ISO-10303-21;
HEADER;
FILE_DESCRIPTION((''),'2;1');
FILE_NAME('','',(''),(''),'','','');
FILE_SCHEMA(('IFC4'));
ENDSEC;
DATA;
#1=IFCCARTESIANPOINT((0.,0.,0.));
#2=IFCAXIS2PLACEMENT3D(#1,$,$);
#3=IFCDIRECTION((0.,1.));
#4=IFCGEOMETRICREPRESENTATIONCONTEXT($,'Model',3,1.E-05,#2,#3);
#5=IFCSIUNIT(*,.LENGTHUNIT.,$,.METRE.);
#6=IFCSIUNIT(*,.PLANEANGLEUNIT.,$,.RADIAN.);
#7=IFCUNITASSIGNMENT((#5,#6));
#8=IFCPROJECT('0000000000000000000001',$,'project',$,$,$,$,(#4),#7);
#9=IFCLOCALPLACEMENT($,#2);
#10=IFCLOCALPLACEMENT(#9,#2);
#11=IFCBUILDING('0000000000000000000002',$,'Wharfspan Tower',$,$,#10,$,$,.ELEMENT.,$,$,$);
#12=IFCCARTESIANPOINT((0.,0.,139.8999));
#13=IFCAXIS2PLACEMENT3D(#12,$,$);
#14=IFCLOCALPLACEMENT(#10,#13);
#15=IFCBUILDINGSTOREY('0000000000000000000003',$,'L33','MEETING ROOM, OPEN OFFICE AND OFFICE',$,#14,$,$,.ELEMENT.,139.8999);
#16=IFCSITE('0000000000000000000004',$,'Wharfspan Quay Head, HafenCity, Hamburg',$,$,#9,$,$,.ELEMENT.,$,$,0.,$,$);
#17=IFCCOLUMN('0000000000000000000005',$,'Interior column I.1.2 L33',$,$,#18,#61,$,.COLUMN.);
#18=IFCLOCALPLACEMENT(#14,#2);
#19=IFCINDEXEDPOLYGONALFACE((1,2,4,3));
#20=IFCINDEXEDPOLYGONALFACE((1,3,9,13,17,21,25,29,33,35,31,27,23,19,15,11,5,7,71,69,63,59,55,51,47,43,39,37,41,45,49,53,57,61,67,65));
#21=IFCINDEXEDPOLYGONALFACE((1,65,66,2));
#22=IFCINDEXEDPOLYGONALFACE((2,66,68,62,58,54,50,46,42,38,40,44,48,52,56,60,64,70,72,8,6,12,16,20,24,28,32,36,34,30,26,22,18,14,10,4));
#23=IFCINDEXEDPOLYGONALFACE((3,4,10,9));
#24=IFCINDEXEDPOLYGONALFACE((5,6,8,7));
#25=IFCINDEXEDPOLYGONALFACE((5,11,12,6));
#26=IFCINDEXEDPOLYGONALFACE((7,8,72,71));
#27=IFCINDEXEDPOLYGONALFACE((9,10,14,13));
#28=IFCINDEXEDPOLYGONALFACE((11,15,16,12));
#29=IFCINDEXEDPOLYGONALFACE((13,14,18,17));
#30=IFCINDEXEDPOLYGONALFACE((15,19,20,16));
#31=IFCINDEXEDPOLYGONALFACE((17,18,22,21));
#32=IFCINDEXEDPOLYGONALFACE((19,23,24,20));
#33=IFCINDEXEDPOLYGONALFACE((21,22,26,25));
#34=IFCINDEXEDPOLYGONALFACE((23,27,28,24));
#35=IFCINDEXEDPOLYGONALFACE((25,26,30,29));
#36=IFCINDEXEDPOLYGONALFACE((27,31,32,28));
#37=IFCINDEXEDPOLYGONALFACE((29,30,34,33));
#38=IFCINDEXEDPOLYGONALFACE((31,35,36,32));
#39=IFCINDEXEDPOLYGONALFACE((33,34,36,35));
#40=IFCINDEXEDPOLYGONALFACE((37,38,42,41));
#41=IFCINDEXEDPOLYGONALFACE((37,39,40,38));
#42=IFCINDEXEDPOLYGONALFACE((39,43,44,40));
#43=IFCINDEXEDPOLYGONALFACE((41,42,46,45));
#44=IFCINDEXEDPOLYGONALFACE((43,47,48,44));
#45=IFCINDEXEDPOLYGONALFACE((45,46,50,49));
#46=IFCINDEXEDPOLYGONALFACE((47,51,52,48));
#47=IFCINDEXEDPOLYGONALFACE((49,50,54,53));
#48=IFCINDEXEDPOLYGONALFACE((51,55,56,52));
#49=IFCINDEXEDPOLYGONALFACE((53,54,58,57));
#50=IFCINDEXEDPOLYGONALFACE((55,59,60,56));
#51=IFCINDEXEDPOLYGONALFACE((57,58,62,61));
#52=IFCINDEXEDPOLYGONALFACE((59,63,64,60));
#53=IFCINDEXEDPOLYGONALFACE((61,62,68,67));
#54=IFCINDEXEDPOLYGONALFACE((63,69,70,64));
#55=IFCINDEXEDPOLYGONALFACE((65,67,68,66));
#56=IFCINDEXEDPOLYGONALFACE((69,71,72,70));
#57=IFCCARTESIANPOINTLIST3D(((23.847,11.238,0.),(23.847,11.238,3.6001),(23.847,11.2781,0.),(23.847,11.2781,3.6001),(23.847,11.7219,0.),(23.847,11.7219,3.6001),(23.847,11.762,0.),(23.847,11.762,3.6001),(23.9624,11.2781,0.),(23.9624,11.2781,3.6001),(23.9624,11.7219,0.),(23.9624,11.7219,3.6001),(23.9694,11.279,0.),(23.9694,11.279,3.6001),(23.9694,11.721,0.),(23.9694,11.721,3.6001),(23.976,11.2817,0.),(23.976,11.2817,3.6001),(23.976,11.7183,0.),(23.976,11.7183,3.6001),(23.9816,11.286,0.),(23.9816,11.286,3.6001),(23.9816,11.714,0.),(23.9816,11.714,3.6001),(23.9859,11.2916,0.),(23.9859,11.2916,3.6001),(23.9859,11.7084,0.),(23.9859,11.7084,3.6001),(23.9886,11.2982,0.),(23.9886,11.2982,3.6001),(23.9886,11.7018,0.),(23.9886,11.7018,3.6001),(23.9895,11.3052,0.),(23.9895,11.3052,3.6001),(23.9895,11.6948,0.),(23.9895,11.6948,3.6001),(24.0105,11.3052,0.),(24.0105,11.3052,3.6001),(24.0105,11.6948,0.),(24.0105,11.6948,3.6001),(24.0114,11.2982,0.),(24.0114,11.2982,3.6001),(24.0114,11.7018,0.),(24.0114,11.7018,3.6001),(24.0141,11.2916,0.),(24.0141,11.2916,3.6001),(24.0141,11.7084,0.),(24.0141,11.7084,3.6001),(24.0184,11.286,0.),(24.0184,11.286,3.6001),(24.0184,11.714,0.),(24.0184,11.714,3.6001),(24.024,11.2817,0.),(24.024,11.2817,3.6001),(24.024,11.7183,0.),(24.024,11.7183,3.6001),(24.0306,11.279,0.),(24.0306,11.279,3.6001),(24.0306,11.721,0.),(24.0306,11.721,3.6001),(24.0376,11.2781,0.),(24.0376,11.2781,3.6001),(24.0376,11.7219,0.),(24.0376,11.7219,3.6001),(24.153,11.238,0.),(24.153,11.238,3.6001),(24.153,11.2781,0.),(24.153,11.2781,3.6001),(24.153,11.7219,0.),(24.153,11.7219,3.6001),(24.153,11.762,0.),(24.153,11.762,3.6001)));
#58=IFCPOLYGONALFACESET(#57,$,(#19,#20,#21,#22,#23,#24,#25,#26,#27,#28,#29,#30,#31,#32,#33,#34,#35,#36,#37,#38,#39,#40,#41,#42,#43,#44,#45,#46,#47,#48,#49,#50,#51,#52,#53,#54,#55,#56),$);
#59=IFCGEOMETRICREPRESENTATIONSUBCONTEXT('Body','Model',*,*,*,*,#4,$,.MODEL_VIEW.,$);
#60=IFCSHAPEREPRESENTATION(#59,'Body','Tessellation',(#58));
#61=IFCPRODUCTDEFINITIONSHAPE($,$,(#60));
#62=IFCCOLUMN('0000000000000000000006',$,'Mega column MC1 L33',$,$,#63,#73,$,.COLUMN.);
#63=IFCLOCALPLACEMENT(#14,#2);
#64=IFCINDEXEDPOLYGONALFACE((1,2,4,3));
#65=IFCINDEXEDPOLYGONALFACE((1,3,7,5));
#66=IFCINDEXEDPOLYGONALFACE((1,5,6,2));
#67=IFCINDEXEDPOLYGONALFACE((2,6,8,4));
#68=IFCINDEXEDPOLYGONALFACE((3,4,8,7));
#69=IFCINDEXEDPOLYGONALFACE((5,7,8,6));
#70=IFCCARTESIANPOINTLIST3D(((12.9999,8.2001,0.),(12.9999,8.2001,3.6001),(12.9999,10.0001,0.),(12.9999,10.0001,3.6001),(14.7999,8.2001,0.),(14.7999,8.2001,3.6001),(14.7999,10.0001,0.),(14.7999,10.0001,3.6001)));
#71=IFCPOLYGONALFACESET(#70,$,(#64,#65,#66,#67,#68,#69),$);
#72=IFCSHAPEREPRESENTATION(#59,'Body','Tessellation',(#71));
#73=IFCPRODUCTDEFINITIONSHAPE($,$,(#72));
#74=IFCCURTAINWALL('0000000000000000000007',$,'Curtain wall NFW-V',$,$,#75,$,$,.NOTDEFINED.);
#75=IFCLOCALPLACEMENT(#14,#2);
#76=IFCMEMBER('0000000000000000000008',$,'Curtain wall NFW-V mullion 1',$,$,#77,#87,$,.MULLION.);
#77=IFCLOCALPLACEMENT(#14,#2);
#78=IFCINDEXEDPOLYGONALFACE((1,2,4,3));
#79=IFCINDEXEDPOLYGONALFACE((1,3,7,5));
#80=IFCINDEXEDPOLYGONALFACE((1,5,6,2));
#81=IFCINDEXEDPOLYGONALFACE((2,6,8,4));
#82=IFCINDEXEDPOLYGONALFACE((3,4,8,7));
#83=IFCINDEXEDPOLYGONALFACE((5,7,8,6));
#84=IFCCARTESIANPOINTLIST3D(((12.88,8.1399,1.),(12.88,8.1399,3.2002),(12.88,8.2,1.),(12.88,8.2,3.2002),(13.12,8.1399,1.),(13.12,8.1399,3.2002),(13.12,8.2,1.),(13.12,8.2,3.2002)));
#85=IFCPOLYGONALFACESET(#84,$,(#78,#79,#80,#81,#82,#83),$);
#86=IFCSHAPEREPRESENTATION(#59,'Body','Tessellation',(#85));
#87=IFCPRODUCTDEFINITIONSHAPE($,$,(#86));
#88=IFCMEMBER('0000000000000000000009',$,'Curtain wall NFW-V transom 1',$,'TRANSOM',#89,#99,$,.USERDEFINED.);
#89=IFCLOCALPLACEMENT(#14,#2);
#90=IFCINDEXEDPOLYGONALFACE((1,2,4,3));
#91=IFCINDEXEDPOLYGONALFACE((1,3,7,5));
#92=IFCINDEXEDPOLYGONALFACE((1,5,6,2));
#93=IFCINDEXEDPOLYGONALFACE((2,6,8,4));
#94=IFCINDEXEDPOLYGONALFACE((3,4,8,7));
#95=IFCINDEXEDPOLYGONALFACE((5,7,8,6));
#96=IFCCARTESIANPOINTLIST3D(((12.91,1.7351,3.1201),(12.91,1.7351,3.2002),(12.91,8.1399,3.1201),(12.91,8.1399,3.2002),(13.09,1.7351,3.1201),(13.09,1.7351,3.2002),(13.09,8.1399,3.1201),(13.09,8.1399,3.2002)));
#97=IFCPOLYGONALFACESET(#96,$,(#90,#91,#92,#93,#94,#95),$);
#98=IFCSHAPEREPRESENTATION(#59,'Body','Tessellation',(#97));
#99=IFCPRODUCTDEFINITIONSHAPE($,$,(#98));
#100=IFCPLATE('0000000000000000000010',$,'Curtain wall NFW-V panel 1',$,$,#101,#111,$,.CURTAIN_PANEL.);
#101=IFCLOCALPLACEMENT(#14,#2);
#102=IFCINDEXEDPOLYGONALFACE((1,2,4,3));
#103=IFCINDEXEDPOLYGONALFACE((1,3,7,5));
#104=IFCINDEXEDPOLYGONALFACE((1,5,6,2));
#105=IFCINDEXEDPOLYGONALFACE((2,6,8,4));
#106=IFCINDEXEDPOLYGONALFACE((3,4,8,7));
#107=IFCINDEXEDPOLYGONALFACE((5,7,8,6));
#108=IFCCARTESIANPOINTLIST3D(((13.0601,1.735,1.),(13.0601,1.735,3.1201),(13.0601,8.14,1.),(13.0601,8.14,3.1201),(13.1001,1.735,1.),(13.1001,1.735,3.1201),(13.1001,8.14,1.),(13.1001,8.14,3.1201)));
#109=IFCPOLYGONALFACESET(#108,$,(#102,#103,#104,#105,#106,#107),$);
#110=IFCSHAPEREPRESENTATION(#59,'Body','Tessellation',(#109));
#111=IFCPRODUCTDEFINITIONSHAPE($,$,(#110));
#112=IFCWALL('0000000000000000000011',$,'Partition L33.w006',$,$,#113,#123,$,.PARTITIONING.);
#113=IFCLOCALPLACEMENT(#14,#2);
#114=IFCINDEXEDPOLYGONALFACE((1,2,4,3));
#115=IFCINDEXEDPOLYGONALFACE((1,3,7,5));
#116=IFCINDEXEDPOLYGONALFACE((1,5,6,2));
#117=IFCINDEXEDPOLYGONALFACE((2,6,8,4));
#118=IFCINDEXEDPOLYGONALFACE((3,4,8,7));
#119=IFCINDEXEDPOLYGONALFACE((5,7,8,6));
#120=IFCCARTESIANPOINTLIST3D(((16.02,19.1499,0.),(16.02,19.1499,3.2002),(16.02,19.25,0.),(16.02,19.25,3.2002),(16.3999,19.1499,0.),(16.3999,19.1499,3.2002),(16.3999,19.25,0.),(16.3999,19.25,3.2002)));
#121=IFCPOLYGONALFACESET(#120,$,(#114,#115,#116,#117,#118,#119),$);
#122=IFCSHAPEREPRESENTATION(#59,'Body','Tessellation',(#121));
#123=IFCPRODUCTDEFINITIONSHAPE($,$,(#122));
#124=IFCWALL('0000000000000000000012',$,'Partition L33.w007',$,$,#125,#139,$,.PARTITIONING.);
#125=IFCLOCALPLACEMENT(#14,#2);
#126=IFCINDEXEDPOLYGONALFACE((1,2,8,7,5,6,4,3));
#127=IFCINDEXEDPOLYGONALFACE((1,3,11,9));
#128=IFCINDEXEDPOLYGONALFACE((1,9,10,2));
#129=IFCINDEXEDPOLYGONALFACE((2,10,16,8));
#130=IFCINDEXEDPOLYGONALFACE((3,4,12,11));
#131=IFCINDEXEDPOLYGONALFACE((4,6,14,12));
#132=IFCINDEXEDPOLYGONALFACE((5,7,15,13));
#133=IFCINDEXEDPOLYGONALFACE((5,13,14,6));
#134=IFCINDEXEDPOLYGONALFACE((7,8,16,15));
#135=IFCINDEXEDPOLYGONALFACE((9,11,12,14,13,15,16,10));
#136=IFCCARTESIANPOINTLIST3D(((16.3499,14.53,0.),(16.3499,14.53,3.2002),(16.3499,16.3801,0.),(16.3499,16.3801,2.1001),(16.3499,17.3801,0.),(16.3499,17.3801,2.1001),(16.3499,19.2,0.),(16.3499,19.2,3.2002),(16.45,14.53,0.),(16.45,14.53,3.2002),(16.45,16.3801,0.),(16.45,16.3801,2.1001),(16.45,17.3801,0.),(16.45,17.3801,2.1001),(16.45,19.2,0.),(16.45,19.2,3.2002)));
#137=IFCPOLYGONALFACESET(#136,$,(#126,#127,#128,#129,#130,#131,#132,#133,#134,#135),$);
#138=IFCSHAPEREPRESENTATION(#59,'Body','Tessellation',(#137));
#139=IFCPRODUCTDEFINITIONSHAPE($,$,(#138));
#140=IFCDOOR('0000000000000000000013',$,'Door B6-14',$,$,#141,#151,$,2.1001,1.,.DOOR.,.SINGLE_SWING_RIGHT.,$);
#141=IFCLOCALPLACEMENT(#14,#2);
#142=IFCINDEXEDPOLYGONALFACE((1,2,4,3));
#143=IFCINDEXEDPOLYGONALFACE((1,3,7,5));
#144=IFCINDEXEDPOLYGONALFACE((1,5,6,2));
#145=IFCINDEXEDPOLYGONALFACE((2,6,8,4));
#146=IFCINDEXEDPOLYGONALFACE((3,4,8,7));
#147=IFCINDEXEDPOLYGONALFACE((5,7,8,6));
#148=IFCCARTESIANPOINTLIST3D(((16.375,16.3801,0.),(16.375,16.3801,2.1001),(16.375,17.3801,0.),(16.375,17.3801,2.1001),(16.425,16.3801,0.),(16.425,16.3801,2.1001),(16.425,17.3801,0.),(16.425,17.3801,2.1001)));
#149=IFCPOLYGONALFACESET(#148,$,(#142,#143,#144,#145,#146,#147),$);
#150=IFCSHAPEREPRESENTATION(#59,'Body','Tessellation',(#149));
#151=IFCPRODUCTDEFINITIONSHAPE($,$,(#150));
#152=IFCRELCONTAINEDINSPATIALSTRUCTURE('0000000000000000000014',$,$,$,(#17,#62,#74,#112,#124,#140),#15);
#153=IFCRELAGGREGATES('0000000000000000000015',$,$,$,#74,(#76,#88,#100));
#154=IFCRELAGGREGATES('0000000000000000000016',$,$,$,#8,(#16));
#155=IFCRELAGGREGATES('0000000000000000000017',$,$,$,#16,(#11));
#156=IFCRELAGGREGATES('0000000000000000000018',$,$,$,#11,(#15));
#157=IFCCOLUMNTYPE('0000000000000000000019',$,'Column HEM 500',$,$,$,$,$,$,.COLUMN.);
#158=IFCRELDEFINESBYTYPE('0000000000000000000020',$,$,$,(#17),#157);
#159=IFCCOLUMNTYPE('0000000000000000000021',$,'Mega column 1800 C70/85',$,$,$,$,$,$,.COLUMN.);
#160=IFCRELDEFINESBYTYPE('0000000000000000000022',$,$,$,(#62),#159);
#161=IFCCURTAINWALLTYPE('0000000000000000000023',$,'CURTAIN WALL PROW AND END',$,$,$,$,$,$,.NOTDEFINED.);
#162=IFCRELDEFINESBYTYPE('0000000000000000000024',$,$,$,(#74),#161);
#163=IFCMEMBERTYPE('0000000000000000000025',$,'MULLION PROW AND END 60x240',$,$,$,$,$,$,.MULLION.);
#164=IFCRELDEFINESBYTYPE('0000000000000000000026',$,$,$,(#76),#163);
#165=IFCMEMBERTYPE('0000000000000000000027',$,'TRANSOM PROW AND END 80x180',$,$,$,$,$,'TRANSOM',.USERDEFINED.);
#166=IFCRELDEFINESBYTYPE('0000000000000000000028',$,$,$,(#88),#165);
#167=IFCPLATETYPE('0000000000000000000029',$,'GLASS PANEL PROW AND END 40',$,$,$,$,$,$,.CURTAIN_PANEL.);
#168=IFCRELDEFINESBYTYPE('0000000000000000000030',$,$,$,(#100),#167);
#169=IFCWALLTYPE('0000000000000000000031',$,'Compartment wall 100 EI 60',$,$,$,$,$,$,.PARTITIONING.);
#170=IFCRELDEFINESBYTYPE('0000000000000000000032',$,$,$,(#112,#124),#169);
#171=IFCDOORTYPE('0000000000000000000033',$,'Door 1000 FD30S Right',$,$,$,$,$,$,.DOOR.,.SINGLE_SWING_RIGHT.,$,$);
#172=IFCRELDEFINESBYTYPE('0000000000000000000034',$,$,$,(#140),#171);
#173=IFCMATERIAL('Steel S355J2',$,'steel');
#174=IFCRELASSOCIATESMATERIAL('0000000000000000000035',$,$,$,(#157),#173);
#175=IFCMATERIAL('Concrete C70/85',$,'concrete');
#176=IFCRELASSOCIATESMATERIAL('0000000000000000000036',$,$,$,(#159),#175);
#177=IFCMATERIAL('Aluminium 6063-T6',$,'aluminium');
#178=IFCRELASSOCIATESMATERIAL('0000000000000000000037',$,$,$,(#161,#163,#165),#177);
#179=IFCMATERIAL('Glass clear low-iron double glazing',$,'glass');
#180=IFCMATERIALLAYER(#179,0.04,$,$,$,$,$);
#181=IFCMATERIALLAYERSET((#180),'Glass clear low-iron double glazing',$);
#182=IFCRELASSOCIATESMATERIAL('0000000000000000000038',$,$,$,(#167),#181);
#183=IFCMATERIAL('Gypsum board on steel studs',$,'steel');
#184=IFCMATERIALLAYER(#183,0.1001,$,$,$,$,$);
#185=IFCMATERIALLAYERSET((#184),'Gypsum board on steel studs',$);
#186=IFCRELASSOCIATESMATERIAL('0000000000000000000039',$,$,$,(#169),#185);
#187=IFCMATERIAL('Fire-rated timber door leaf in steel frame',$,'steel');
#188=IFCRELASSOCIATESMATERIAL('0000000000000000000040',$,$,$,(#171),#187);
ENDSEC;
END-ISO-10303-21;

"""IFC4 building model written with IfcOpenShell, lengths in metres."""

from ifc_helpers import new_model, si_unit, direction, frame, frame_2d, origin, origin_2d, place, context, subcontext, project, spatial, rectangle, i_section, extrude, material, layer, layer_set, material_profile, profile_set, type_object, element, fill, aggregate, save


model = new_model("IFC4")

# Units and contexts
model_context = context("Model", 3, precision=1e-05, world=origin(), true_north=direction((0.0, 1.0)))
body_context = subcontext(model_context, "Body", "Model", "MODEL_VIEW")
ifc_project = project(units=[si_unit("LENGTHUNIT", "METRE"), si_unit("PLANEANGLEUNIT", "RADIAN")], contexts=[model_context])

# Site, building, storey
site_placement = place(None, origin())
site = spatial("IfcSite", under=ifc_project, at=site_placement, Name="Wharfspan Quay Head, HafenCity, Hamburg", CompositionType="ELEMENT", RefElevation=0.0)
building_placement = place(site_placement, origin())
building = spatial("IfcBuilding", under=site, at=building_placement, Name="Wharfspan Tower", CompositionType="ELEMENT")
storey_placement = place(building_placement, frame((0.0, 0.0, 139.8999)))
storey = spatial("IfcBuildingStorey", under=building, at=storey_placement, Name="L33", Description="MEETING ROOM, OPEN OFFICE AND OFFICE", CompositionType="ELEMENT", Elevation=139.8999)

# Columns
ifc_material_1 = material(Name="Steel S355J2", Category="steel")
ifc_material_profile_1 = material_profile(ifc_material_1, i_section(OverallWidth=0.3059, OverallDepth=0.5239, WebThickness=0.021, FlangeThickness=0.04, FilletRadius=0.0271, at=origin_2d()))
ifc_profile_set_1 = profile_set([ifc_material_profile_1], Name="Steel S355J2")
column_type_1 = type_object("IfcColumnType", Name="Column HEM 500", PredefinedType="COLUMN", material=ifc_profile_set_1)
column_1_placement = place(storey_placement, frame((24.0, 11.5, 0.0), z_axis=(0.0, 0.0, 1.0), x_axis=(1.0, 0.0, 0.0)))
element("IfcColumn", 1, at=column_1_placement, inside=storey, type_object=column_type_1, Name="Interior column I.1.2 L33", PredefinedType="COLUMN", context=body_context, shape_type="SweptSolid", body=[
    extrude(i_section(OverallWidth=0.3059, OverallDepth=0.5239, WebThickness=0.021, FlangeThickness=0.04, FilletRadius=0.0271, at=origin_2d()), origin(), (0.0, 0.0, 1.0), 3.6001),
])
ifc_material_2 = material(Name="Concrete C70/85", Category="concrete")
ifc_material_profile_2 = material_profile(ifc_material_2, rectangle(XDim=1.8, YDim=1.8, at=origin_2d()))
ifc_profile_set_2 = profile_set([ifc_material_profile_2], Name="Concrete C70/85")
column_type_2 = type_object("IfcColumnType", Name="Mega column 1800 C70/85", PredefinedType="COLUMN", material=ifc_profile_set_2)
column_2_placement = place(storey_placement, frame((13.8999, 9.1001, 0.0), z_axis=(0.0, 0.0, 1.0), x_axis=(1.0, 0.0, 0.0)))
element("IfcColumn", 2, at=column_2_placement, inside=storey, type_object=column_type_2, Name="Mega column MC1 L33", PredefinedType="COLUMN", context=body_context, shape_type="SweptSolid", body=[
    extrude(rectangle(XDim=1.8, YDim=1.8, at=origin_2d()), origin(), (0.0, 0.0, 1.0), 3.6001),
])

# Curtain wall, members, plate
ifc_material_3 = material(Name="Aluminium 6063-T6", Category="aluminium")
curtain_wall_type = type_object("IfcCurtainWallType", Name="CURTAIN WALL PROW AND END", PredefinedType="NOTDEFINED", material=ifc_material_3)
curtain_wall_placement = place(storey_placement, origin())
curtain_wall = element("IfcCurtainWall", 3, at=curtain_wall_placement, inside=storey, type_object=curtain_wall_type, Name="Curtain wall NFW-V", PredefinedType="NOTDEFINED")
ifc_material_profile_3 = material_profile(ifc_material_3, rectangle(XDim=0.24, YDim=0.0601, at=origin_2d()))
ifc_profile_set_3 = profile_set([ifc_material_profile_3], Name="Aluminium 6063-T6")
member_type_1 = type_object("IfcMemberType", Name="MULLION PROW AND END 60x240", PredefinedType="MULLION", material=ifc_profile_set_3)
member_1_placement = place(storey_placement, frame((13.0, 8.1699, 1.0), z_axis=(0.0, 0.0, 1.0), x_axis=(1.0, 0.0, 0.0)))
member_1 = element("IfcMember", 4, at=member_1_placement, type_object=member_type_1, Name="Curtain wall NFW-V mullion 1", PredefinedType="MULLION", context=body_context, shape_type="SweptSolid", body=[
    extrude(rectangle(XDim=0.24, YDim=0.0601, at=origin_2d()), origin(), (0.0, 0.0, 1.0), 2.2002),
])
ifc_material_profile_4 = material_profile(ifc_material_3, rectangle(XDim=0.1799, YDim=0.0801, at=origin_2d()))
ifc_profile_set_4 = profile_set([ifc_material_profile_4], Name="Aluminium 6063-T6")
member_type_2 = type_object("IfcMemberType", Name="TRANSOM PROW AND END 80x180", ElementType="TRANSOM", PredefinedType="USERDEFINED", material=ifc_profile_set_4)
member_2_placement = place(storey_placement, frame((13.0, 8.1399, 3.1602), z_axis=(0.0, -1.0, 0.0), x_axis=(1.0, 0.0, 0.0)))
member_2 = element("IfcMember", 5, at=member_2_placement, type_object=member_type_2, Name="Curtain wall NFW-V transom 1", ObjectType="TRANSOM", PredefinedType="USERDEFINED", context=body_context, shape_type="SweptSolid", body=[
    extrude(rectangle(XDim=0.1799, YDim=0.0801, at=origin_2d()), origin(), (0.0, 0.0, 1.0), 6.4048),
])
ifc_material_4 = material(Name="Glass clear low-iron double glazing", Category="glass")
ifc_layer_1 = layer(ifc_material_4, 0.04)
ifc_layer_set_1 = layer_set([ifc_layer_1], Name="Glass clear low-iron double glazing")
plate_type = type_object("IfcPlateType", Name="GLASS PANEL PROW AND END 40", PredefinedType="CURTAIN_PANEL", material=ifc_layer_set_1)
plate_placement = place(storey_placement, frame((13.0801, 4.9375, 1.0), z_axis=(0.0, 0.0, 1.0), x_axis=(0.0, -1.0, 0.0)))
plate = element("IfcPlate", 6, at=plate_placement, type_object=plate_type, Name="Curtain wall NFW-V panel 1", PredefinedType="CURTAIN_PANEL", context=body_context, shape_type="SweptSolid", body=[
    extrude(rectangle(XDim=6.405, YDim=0.04, at=origin_2d()), origin(), (0.0, 0.0, 1.0), 2.1201),
])
aggregate(curtain_wall, [member_1, member_2, plate])

# Wall
ifc_material_5 = material(Name="Gypsum board on steel studs", Category="steel")
ifc_layer_2 = layer(ifc_material_5, 0.1001)
ifc_layer_set_2 = layer_set([ifc_layer_2], Name="Gypsum board on steel studs")
wall_type_1 = type_object("IfcWallType", Name="Compartment wall 100 EI 60", PredefinedType="PARTITIONING", material=ifc_layer_set_2)
wall_1_placement = place(storey_placement, frame((16.02, 19.2, 0.0), z_axis=(0.0, 0.0, 1.0), x_axis=(1.0, 0.0, 0.0)))
element("IfcWall", 7, at=wall_1_placement, inside=storey, type_object=wall_type_1, Name="Partition L33.w006", PredefinedType="PARTITIONING", context=body_context, shape_type="SweptSolid", body=[
    extrude(rectangle(XDim=0.3799, YDim=0.1001, at=frame_2d((0.1899, 0.0))), origin(), (0.0, 0.0, 1.0), 3.2002),
])

# Wall, opening, door
wall_2_placement = place(storey_placement, frame((16.3999, 14.53, 0.0), z_axis=(0.0, 0.0, 1.0), x_axis=(0.0, 1.0, 0.0)))
wall_2 = element("IfcWall", 8, at=wall_2_placement, inside=storey, type_object=wall_type_1, Name="Partition L33.w007", PredefinedType="PARTITIONING", context=body_context, shape_type="SweptSolid", body=[
    extrude(rectangle(XDim=4.6699, YDim=0.1001, at=frame_2d((2.335, 0.0))), origin(), (0.0, 0.0, 1.0), 3.2002),
])
opening_1_placement = place(wall_2_placement, frame((1.8501, 0.0, 0.0)))
opening_1 = element("IfcOpeningElement", 9, at=opening_1_placement, cuts=wall_2, PredefinedType="OPENING", context=body_context, shape_type="SweptSolid", body=[
    extrude(rectangle(XDim=1.0, YDim=2.1001, at=frame_2d((0.5, 1.05))), frame((0.0, 0.0601, 0.0), z_axis=(0.0, -1.0, 0.0), x_axis=(1.0, 0.0, 0.0)), (0.0, 0.0, 1.0), 0.1201),
])
ifc_material_6 = material(Name="Fire-rated timber door leaf in steel frame", Category="steel")
door_type_1 = type_object("IfcDoorType", Name="Door 1000 FD30S Right", OperationType="SINGLE_SWING_RIGHT", PredefinedType="DOOR", material=ifc_material_6)
door_1_placement = place(opening_1_placement, origin())
door_1 = element("IfcDoor", 10, at=door_1_placement, inside=storey, type_object=door_type_1, Name="Door B6-14", OperationType="SINGLE_SWING_RIGHT", OverallHeight=2.1001, OverallWidth=1.0, PredefinedType="DOOR", context=body_context, shape_type="SweptSolid", body=[
    extrude(rectangle(XDim=1.0, YDim=2.1001, at=frame_2d((0.5, 1.05))), frame((0.0, 0.0249, 0.0), z_axis=(0.0, -1.0, 0.0), x_axis=(1.0, 0.0, 0.0)), (0.0, 0.0, 1.0), 0.05),
])
fill(opening_1, door_1)

save(model, "model.ifc")
